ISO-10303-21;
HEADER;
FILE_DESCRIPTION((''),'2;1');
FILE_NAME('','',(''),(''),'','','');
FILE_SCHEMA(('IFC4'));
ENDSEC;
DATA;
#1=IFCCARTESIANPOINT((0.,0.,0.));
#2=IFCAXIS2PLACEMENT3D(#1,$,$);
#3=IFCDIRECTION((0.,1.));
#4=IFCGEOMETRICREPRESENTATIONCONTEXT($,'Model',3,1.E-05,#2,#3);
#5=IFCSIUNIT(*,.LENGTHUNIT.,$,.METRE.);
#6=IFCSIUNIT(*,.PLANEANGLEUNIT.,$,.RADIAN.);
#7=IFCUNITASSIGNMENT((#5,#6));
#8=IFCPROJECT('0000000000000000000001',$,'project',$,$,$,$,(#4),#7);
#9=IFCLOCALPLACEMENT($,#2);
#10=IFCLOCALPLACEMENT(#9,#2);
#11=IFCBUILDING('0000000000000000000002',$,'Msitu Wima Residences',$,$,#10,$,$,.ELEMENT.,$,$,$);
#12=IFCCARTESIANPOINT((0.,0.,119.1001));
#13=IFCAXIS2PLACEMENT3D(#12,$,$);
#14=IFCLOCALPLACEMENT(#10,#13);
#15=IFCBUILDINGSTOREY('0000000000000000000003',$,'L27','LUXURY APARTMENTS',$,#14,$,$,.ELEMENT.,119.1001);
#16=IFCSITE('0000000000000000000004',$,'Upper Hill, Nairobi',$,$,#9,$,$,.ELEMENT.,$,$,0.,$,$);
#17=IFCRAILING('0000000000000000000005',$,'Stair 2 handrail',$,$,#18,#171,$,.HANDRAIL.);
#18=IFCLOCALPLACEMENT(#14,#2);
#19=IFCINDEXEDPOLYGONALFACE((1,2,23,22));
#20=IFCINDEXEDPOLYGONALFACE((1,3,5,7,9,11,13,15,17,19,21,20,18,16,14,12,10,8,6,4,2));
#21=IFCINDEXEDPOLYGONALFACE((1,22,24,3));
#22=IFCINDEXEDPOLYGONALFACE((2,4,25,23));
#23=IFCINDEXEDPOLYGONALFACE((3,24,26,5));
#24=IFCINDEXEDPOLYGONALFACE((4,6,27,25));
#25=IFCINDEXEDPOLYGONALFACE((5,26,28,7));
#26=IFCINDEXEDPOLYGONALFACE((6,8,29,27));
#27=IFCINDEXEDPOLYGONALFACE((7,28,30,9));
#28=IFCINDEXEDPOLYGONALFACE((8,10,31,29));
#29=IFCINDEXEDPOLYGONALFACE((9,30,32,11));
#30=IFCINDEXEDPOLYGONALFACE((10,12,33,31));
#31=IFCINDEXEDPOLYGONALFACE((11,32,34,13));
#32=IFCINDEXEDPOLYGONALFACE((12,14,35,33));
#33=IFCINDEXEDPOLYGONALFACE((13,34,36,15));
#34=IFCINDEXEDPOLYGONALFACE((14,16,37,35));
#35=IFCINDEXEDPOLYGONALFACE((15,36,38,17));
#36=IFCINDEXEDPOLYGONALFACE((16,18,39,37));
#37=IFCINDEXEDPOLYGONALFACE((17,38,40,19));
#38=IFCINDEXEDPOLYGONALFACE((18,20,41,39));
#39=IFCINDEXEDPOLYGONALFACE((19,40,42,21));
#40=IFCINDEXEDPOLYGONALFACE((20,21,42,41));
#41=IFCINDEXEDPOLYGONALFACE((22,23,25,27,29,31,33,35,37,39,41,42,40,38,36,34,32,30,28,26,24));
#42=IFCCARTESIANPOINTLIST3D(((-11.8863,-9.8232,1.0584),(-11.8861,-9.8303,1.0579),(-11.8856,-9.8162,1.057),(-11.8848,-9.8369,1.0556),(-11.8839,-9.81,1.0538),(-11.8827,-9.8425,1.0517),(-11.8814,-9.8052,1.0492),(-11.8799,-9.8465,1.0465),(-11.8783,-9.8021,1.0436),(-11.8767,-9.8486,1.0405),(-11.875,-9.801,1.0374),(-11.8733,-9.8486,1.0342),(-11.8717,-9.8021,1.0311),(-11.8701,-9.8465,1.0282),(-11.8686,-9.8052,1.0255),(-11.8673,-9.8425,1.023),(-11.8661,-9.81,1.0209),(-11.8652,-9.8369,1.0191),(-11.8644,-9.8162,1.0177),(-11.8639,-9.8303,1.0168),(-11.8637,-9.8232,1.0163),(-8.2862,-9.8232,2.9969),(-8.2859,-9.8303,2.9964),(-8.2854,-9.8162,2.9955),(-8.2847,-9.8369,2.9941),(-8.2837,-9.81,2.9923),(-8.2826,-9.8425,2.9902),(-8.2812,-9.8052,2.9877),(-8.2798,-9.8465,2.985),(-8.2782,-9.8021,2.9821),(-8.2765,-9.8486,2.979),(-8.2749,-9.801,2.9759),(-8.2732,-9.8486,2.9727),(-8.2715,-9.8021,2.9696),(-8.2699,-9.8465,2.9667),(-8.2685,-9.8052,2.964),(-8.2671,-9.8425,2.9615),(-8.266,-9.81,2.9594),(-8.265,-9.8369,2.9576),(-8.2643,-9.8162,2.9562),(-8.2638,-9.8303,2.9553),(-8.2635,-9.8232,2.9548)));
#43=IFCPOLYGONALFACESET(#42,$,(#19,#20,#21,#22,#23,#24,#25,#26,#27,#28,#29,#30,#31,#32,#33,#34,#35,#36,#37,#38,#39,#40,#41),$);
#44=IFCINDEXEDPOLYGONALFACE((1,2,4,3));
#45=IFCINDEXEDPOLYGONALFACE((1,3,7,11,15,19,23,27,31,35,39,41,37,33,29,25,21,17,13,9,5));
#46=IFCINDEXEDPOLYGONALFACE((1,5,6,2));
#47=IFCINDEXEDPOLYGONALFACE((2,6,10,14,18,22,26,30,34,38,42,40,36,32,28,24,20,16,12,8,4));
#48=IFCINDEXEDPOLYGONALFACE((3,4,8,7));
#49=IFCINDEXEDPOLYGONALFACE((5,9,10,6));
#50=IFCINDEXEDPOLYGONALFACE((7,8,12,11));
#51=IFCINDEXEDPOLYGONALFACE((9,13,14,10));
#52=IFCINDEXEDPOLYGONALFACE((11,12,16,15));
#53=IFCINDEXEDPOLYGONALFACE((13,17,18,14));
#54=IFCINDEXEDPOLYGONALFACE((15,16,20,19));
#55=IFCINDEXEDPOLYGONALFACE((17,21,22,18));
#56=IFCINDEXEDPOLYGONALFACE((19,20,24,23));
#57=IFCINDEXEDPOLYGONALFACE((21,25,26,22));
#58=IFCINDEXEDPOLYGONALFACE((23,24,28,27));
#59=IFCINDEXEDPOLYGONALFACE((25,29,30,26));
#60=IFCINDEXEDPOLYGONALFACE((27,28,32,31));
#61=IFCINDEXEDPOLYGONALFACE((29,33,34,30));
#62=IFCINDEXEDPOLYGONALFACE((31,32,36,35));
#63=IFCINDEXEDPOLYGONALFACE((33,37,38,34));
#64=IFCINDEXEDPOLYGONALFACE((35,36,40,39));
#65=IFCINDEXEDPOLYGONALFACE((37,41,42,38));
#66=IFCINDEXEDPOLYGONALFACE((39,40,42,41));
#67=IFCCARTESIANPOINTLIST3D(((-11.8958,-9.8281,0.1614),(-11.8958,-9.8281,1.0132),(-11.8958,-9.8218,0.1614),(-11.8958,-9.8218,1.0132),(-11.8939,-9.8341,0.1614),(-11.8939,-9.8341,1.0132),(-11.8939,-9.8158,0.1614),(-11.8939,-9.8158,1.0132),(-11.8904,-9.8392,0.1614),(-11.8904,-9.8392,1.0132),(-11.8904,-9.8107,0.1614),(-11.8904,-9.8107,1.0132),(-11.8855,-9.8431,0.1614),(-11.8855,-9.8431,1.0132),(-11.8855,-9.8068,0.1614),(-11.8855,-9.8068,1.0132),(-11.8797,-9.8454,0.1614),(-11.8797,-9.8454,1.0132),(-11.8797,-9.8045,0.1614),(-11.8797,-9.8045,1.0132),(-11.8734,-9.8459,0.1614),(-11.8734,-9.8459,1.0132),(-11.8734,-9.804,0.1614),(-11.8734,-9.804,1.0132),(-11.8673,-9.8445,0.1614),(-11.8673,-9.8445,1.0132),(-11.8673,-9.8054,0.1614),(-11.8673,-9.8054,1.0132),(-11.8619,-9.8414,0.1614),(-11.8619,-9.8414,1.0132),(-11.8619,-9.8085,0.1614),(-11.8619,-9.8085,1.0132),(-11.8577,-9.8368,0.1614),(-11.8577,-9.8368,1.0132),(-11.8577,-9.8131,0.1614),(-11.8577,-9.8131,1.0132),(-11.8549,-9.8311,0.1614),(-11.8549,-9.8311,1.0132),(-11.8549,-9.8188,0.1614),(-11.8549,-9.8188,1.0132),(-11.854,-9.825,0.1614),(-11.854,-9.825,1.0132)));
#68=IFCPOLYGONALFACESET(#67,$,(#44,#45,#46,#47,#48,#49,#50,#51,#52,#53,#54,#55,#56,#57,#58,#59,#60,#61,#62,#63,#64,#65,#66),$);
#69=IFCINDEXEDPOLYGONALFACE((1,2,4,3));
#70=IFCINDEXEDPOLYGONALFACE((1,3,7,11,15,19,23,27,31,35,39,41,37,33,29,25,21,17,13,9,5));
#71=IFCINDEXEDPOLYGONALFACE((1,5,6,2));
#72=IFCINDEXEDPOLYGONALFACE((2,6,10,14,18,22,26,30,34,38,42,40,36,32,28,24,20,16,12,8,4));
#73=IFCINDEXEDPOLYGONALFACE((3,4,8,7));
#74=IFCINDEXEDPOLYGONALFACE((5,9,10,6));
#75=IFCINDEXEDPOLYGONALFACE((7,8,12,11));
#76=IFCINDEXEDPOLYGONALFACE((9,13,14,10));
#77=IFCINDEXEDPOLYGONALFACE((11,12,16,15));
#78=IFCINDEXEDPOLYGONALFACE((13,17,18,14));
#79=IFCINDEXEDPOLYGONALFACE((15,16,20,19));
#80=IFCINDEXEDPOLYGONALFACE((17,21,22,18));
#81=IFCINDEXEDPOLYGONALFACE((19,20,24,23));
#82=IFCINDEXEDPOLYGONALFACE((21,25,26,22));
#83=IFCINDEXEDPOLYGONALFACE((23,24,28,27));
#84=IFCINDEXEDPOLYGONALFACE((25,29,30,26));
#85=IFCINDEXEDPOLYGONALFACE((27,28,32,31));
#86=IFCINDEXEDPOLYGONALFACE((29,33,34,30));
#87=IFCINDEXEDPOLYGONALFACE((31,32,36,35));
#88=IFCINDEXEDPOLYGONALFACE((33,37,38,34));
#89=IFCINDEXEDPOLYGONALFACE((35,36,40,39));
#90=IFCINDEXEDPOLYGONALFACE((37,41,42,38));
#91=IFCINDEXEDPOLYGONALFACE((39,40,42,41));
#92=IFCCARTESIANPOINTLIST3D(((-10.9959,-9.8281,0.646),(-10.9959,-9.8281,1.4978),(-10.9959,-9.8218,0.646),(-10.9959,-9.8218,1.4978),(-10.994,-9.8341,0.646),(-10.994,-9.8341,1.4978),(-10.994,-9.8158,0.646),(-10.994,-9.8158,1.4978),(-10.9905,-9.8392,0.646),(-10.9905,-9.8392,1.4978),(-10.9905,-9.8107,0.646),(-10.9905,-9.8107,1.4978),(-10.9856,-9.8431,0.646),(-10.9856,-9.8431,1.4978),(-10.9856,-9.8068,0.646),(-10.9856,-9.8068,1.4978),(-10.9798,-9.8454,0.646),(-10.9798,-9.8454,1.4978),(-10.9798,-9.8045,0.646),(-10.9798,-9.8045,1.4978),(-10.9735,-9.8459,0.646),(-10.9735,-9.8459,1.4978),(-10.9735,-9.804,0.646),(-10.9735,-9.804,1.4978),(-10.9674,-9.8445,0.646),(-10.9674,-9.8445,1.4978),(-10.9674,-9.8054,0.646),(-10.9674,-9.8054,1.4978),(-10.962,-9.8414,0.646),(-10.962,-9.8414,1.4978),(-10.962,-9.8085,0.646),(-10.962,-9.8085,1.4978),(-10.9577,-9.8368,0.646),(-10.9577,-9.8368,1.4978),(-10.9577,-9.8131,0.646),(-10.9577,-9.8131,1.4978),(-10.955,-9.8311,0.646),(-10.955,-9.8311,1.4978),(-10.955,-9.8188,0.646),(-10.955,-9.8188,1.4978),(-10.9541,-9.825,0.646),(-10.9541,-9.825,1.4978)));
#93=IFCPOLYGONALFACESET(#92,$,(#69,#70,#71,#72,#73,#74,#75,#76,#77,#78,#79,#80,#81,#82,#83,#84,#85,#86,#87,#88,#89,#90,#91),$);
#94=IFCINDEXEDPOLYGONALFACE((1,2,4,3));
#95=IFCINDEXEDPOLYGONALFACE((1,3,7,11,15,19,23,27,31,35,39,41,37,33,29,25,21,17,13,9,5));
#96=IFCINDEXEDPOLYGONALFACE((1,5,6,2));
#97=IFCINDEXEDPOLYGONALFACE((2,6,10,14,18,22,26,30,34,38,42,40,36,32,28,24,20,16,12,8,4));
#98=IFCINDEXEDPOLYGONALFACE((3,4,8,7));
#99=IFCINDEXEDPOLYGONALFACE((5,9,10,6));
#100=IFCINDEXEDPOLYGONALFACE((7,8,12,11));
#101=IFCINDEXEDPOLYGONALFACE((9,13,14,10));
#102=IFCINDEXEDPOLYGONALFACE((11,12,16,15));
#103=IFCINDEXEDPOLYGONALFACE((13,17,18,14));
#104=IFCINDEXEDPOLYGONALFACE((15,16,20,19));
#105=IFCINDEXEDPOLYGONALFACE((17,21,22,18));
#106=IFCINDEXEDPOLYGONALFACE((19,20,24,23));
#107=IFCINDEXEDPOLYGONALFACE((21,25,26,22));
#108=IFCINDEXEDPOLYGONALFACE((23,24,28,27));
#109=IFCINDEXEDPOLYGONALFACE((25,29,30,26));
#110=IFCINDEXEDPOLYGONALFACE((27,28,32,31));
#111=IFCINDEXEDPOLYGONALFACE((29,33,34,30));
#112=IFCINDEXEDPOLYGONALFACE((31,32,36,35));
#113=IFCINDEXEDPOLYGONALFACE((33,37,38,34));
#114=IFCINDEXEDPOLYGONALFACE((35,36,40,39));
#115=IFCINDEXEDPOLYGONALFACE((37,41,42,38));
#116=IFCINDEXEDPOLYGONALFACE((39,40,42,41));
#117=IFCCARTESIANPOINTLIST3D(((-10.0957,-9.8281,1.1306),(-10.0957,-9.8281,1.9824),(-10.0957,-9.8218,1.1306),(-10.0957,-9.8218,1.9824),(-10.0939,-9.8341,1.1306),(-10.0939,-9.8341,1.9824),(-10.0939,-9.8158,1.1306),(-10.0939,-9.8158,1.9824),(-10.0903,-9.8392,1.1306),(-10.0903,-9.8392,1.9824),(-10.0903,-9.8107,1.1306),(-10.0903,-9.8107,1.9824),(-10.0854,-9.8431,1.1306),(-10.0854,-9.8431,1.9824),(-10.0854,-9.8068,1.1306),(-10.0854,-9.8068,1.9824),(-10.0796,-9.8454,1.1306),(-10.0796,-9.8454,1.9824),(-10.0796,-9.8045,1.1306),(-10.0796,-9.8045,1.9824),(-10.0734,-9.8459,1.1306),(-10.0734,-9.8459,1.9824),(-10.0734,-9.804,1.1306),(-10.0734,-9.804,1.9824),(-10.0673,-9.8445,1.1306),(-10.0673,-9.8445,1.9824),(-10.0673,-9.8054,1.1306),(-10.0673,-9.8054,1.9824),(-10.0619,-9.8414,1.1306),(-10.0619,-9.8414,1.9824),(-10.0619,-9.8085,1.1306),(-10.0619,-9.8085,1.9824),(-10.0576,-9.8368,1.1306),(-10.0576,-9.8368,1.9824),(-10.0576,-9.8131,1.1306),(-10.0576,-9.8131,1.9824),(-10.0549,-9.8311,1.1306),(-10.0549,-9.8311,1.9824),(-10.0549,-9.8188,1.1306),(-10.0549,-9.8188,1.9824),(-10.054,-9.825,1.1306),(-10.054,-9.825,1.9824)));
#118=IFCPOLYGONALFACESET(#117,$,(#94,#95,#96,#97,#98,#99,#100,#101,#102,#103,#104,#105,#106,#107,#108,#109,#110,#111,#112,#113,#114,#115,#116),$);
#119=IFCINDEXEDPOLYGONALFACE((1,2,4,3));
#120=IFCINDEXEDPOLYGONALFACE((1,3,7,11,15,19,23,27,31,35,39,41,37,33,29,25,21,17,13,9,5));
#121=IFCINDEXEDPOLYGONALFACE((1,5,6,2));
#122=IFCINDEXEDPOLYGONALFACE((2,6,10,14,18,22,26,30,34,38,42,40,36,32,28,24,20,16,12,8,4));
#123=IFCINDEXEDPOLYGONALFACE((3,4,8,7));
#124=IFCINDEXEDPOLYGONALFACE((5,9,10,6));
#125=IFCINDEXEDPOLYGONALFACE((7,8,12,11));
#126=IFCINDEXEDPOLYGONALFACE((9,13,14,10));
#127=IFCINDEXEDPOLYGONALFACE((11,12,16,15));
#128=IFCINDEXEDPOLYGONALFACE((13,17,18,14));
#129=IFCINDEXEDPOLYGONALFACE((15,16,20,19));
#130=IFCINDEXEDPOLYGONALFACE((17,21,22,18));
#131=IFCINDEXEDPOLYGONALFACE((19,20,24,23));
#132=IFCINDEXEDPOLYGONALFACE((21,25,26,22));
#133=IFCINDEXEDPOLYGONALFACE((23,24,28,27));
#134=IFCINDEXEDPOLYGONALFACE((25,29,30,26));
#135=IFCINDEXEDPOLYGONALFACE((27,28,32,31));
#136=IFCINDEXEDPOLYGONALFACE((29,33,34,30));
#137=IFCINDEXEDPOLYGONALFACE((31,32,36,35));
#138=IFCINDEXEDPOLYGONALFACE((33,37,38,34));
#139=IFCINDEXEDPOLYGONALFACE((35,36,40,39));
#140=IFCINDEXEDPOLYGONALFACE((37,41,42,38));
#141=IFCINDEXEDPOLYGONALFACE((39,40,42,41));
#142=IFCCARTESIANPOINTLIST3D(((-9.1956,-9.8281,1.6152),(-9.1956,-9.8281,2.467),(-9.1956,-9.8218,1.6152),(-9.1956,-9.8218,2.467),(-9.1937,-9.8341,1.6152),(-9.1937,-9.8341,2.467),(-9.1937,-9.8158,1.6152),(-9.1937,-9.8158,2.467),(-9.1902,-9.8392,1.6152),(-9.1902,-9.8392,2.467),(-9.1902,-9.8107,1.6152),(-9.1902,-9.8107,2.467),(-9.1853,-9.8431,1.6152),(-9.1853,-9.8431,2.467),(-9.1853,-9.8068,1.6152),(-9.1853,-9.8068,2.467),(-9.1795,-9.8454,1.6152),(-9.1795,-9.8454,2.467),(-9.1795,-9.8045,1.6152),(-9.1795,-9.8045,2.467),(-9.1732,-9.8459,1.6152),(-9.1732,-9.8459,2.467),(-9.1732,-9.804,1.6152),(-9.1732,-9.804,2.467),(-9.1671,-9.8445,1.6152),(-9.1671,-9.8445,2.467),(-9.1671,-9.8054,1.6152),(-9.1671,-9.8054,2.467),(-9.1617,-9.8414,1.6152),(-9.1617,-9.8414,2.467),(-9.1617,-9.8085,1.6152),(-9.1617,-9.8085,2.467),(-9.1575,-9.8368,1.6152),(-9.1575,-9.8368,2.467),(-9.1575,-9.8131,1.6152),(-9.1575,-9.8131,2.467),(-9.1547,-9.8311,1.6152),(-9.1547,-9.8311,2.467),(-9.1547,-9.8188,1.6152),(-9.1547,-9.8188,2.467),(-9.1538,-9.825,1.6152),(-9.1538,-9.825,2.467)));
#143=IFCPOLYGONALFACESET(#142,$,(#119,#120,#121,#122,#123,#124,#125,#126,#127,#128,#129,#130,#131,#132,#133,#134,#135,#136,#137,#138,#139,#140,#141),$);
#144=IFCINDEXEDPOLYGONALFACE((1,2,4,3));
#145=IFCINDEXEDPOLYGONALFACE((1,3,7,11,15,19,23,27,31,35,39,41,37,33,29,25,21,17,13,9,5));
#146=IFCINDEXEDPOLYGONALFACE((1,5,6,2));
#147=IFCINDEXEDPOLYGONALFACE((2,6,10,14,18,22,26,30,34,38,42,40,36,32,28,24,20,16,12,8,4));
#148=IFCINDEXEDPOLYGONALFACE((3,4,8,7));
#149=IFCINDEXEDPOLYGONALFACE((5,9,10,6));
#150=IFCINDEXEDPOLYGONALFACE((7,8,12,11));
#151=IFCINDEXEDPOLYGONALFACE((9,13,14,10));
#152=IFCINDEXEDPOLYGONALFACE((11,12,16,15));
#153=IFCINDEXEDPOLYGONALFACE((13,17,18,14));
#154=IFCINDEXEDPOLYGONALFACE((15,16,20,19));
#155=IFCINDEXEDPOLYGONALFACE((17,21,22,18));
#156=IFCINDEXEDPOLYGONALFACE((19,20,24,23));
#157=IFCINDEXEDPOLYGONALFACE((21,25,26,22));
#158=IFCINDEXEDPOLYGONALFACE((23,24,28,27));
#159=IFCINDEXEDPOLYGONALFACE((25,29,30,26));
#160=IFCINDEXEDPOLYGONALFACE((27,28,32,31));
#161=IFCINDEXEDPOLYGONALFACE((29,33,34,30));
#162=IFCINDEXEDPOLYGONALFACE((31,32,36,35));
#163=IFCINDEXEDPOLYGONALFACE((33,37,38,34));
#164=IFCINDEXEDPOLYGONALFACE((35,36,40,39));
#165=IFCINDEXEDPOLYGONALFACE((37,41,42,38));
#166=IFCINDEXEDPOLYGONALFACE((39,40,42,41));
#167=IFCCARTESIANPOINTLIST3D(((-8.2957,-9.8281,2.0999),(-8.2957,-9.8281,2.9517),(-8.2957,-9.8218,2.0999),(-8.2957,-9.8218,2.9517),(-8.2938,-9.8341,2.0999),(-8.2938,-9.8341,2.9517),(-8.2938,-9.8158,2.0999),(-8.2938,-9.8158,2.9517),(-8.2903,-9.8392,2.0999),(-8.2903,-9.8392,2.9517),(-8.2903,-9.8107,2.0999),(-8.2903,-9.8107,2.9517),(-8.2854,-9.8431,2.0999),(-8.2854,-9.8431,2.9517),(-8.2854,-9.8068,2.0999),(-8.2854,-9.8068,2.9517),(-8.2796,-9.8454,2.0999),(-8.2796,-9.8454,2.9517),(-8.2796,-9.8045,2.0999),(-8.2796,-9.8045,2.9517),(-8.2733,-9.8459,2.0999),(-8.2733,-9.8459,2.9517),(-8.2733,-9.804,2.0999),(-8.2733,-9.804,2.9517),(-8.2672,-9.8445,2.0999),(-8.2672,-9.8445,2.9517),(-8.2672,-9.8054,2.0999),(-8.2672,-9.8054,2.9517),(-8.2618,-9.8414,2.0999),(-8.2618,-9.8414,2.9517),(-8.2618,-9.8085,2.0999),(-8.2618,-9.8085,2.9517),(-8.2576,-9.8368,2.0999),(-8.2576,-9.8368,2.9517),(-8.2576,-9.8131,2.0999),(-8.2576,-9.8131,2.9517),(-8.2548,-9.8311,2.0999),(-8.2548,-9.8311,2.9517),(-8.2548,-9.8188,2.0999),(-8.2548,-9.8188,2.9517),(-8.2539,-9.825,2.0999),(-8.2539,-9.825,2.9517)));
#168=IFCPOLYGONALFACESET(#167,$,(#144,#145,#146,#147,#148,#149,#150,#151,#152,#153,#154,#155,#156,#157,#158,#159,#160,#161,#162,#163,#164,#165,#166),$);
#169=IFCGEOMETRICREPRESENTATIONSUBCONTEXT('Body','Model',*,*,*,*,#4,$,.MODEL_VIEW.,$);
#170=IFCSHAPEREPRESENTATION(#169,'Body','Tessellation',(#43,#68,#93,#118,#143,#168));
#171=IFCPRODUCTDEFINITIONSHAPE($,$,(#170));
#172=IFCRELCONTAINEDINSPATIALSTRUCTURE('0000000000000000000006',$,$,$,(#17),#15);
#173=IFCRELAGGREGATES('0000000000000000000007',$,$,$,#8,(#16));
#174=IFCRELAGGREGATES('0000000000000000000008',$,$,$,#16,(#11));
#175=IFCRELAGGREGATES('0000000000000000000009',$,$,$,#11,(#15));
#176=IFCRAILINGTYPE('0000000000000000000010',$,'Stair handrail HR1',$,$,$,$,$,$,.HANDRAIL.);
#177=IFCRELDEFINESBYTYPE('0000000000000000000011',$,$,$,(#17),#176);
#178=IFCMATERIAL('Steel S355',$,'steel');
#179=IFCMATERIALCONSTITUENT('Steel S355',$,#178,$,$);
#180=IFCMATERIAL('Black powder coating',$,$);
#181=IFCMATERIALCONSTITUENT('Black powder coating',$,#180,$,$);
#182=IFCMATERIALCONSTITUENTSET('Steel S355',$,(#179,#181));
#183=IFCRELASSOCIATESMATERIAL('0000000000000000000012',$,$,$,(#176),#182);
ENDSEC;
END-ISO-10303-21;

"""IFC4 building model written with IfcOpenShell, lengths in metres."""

from ifc_helpers import new_model, si_unit, direction, frame, origin, origin_2d, place, context, subcontext, project, spatial, circle, extrude, material, constituent, constituent_set, type_object, element, save


model = new_model("IFC4")

# Units and contexts
model_context = context("Model", 3, precision=1e-05, world=origin(), true_north=direction((0.0, 1.0)))
body_context = subcontext(model_context, "Body", "Model", "MODEL_VIEW")
ifc_project = project(units=[si_unit("LENGTHUNIT", "METRE"), si_unit("PLANEANGLEUNIT", "RADIAN")], contexts=[model_context])

# Site, building, storey
site_placement = place(None, origin())
site = spatial("IfcSite", under=ifc_project, at=site_placement, Name="Upper Hill, Nairobi", CompositionType="ELEMENT", RefElevation=0.0)
building_placement = place(site_placement, origin())
building = spatial("IfcBuilding", under=site, at=building_placement, Name="Msitu Wima Residences", CompositionType="ELEMENT")
storey_placement = place(building_placement, frame((0.0, 0.0, 119.1001)))
storey = spatial("IfcBuildingStorey", under=building, at=storey_placement, Name="L27", Description="LUXURY APARTMENTS", CompositionType="ELEMENT", Elevation=119.1001)

# Railing
ifc_material_1 = material(Name="Steel S355", Category="steel")
ifc_constituent_1 = constituent(ifc_material_1, Name="Steel S355")
ifc_material_2 = material(Name="Black powder coating")
ifc_constituent_2 = constituent(ifc_material_2, Name="Black powder coating")
ifc_constituent_set = constituent_set(constituents=[ifc_constituent_1, ifc_constituent_2], Name="Steel S355")
railing_type = type_object("IfcRailingType", Name="Stair handrail HR1", PredefinedType="HANDRAIL", material=ifc_constituent_set)
for number, where, name in (
    (1, (-11.875, -9.825, 0.1614), "Stair 2 handrail"),
):
    element("IfcRailing", number, at=place(storey_placement, frame(where)), inside=storey, type_object=railing_type, Name=name, PredefinedType="HANDRAIL", context=body_context, shape_type="SweptSolid", body=[
        extrude(circle(Radius=0.0239, at=origin_2d()), frame((0.0, 0.0, 0.876), z_axis=(0.880475, 0.0, 0.474093), x_axis=(0.0, 1.0, 0.0)), (0.0, 0.0, 1.0), 4.0889),
        extrude(circle(Radius=0.021, at=origin_2d()), origin(), (0.0, 0.0, 1.0), 0.8518),
        extrude(circle(Radius=0.021, at=origin_2d()), frame((0.8999, 0.0, 0.4846)), (0.0, 0.0, 1.0), 0.8518),
        extrude(circle(Radius=0.021, at=origin_2d()), frame((1.8, 0.0, 0.9692)), (0.0, 0.0, 1.0), 0.8518),
        extrude(circle(Radius=0.021, at=origin_2d()), frame((2.7002, 0.0, 1.4539)), (0.0, 0.0, 1.0), 0.8518),
        extrude(circle(Radius=0.021, at=origin_2d()), frame((3.6001, 0.0, 1.9385)), (0.0, 0.0, 1.0), 0.8518),
    ])

save(model, "model.ifc")
